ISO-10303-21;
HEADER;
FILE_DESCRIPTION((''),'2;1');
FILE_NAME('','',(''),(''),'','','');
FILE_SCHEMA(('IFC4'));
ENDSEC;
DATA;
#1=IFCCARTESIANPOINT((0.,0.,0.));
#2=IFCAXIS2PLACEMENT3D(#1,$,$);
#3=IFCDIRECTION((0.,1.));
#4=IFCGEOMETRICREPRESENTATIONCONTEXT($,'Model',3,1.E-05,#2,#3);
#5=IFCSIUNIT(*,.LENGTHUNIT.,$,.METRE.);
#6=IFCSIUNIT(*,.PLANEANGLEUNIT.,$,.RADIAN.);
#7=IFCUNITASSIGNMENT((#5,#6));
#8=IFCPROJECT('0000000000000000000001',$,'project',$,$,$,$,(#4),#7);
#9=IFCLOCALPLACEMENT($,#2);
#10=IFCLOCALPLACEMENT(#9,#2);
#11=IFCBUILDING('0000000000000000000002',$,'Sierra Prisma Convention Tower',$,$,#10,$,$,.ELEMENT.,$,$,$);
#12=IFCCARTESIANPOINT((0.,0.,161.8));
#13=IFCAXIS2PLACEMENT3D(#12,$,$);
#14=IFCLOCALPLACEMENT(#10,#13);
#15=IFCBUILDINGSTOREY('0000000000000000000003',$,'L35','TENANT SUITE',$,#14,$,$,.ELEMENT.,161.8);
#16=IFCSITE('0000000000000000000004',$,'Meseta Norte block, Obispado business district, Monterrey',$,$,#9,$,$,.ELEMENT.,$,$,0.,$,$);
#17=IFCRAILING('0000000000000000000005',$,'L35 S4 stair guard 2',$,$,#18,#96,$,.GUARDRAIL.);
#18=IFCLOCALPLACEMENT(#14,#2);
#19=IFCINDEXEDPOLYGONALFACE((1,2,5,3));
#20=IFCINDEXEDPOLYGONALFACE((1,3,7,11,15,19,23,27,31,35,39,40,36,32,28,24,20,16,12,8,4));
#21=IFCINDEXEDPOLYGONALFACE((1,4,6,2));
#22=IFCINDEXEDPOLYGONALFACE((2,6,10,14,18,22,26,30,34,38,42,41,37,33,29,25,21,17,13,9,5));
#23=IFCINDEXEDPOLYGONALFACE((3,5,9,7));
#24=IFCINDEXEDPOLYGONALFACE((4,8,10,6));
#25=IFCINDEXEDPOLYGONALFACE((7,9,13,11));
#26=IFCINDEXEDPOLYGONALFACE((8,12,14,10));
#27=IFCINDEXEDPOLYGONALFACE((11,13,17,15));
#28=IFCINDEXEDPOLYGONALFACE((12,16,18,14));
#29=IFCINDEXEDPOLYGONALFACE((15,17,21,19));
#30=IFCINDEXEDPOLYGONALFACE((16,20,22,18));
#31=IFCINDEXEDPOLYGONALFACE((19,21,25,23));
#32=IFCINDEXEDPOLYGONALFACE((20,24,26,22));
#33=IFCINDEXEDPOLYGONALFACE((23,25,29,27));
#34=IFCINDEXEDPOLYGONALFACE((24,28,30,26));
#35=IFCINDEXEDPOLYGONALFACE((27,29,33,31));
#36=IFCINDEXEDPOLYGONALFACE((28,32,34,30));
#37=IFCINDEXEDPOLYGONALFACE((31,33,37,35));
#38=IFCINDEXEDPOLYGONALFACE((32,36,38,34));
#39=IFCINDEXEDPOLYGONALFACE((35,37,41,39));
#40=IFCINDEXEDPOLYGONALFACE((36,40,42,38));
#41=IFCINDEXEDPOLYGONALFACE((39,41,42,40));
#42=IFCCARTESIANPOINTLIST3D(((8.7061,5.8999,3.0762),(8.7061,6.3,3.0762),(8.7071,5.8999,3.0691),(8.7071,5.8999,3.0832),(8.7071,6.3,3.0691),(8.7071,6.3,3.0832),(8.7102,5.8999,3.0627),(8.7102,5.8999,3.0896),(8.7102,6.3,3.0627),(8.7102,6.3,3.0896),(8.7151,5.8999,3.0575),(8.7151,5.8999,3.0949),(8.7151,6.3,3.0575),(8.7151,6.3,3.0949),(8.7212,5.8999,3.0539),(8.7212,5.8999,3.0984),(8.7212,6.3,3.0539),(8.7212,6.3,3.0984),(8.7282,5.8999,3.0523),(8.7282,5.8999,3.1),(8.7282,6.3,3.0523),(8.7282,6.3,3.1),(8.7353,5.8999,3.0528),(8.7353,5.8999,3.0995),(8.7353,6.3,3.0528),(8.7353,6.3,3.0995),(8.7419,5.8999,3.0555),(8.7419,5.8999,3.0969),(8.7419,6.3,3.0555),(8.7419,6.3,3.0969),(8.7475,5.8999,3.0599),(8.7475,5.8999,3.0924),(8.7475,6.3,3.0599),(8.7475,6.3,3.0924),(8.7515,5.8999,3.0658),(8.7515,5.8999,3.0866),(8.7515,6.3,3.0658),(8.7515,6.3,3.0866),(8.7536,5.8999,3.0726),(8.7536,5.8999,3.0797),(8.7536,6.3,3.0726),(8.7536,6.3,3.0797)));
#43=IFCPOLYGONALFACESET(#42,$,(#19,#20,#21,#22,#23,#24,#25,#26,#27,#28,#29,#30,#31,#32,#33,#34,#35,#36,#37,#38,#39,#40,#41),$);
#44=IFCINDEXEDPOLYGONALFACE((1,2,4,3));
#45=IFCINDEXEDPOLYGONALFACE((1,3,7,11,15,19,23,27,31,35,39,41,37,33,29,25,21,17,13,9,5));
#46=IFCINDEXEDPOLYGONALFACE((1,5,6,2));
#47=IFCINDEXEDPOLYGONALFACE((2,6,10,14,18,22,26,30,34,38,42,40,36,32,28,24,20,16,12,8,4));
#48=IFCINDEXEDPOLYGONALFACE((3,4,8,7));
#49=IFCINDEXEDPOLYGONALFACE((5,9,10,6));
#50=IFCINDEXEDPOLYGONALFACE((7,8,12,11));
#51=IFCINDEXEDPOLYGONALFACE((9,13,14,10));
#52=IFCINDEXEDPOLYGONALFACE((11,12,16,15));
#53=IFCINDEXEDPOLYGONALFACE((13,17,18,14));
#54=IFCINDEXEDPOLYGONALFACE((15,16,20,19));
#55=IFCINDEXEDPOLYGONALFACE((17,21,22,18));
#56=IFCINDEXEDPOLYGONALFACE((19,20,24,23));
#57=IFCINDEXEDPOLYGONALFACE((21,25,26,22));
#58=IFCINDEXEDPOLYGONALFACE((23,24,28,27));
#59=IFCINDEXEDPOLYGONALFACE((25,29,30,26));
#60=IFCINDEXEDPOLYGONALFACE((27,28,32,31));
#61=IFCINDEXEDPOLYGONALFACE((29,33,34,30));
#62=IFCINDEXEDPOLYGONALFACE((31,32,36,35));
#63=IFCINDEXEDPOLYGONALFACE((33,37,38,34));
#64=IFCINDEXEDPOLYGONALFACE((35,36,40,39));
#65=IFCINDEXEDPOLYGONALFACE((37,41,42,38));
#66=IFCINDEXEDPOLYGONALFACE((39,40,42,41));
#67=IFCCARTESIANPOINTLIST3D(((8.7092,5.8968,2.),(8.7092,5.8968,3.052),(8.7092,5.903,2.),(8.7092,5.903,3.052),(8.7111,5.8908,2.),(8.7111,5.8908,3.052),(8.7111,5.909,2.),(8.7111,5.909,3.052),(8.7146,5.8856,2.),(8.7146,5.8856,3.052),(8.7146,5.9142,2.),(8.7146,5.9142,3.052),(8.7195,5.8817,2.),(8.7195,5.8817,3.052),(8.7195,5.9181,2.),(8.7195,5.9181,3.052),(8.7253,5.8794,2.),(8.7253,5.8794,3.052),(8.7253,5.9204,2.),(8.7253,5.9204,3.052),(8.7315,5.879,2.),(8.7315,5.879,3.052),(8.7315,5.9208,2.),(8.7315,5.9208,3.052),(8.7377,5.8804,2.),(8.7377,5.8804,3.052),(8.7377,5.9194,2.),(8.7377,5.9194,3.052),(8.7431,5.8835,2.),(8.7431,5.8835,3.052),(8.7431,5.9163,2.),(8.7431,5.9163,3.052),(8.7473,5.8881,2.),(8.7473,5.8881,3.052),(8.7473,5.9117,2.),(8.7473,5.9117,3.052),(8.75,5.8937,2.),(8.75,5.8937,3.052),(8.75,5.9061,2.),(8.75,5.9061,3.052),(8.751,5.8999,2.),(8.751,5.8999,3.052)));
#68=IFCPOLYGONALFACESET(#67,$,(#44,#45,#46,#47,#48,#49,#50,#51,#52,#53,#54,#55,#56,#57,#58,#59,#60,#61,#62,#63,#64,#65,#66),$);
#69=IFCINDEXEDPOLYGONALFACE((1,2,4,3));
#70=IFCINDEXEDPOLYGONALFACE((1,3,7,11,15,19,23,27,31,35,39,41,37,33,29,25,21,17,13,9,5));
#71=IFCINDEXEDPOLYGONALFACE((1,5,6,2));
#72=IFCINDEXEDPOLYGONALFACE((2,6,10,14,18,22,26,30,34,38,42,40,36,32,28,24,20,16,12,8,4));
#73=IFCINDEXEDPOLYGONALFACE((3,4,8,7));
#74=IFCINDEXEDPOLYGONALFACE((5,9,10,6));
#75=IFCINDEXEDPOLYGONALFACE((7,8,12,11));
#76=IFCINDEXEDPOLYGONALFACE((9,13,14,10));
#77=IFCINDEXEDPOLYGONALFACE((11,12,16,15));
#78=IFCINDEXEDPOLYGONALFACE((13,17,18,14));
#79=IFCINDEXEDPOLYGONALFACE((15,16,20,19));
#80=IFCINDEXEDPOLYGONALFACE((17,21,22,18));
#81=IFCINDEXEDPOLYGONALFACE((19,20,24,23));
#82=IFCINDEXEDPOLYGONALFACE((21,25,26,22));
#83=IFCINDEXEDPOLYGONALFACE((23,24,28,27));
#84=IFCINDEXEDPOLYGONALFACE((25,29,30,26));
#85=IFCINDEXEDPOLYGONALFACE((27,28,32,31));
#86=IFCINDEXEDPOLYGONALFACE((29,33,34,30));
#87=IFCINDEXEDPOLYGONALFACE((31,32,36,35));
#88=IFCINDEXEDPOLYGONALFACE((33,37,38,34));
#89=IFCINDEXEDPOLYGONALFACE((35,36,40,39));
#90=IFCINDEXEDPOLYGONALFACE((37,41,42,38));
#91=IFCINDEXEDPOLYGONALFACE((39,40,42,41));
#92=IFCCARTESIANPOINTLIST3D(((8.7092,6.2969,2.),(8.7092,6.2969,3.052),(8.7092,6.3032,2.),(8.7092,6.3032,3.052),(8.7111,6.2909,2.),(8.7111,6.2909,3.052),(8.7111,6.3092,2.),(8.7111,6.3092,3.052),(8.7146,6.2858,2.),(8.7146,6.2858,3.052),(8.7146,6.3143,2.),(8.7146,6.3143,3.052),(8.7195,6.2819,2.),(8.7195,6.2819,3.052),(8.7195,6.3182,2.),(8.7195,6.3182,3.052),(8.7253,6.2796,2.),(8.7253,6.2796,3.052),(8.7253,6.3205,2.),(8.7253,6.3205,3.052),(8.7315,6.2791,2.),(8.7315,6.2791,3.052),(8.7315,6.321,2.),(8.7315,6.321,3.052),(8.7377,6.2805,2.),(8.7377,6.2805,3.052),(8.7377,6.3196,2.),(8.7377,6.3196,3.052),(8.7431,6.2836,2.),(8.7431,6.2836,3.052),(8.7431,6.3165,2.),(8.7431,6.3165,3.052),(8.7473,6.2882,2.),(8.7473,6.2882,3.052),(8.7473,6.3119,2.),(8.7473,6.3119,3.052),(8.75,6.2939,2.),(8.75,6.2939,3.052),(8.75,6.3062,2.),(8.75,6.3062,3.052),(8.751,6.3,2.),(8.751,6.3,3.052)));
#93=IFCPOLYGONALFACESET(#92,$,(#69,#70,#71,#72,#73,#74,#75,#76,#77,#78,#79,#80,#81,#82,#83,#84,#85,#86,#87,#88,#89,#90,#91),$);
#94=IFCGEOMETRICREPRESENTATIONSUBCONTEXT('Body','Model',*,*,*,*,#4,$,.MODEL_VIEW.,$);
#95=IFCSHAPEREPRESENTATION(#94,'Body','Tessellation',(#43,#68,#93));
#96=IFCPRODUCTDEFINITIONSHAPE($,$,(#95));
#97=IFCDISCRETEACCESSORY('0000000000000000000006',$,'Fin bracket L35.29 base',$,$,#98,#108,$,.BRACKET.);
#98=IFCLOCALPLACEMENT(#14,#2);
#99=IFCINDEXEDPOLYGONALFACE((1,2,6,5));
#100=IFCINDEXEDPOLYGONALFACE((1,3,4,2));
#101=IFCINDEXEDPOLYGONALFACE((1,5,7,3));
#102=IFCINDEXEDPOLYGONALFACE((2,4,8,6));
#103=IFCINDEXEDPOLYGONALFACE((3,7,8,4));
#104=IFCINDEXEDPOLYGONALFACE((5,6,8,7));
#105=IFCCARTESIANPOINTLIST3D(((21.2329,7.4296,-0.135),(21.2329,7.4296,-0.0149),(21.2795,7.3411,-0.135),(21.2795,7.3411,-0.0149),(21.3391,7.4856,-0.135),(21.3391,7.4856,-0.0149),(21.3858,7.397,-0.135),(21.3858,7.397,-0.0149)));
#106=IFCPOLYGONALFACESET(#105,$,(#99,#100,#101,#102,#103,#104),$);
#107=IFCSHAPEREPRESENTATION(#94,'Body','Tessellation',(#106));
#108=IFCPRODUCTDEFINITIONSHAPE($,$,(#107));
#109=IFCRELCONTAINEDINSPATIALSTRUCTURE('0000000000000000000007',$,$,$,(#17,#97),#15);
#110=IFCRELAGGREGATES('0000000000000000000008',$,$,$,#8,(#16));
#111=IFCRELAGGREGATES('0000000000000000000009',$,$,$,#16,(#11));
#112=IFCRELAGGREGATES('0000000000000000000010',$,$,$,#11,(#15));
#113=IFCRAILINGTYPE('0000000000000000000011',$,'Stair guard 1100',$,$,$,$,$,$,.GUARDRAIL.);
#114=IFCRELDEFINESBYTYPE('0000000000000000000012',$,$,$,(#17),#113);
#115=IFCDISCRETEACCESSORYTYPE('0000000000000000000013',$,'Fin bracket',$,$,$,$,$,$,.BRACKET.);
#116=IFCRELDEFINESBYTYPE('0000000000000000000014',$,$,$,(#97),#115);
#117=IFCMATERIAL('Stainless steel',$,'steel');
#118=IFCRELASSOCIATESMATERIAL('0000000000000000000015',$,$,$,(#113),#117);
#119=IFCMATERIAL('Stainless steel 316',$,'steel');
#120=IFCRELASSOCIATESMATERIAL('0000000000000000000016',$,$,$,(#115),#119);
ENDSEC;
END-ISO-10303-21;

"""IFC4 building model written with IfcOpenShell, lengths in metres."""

from ifc_helpers import new_model, si_unit, direction, frame, origin, origin_2d, place, context, subcontext, project, spatial, rectangle, circle, extrude, material, type_object, element, save


model = new_model("IFC4")

# Units and contexts
model_context = context("Model", 3, precision=1e-05, world=origin(), true_north=direction((0.0, 1.0)))
body_context = subcontext(model_context, "Body", "Model", "MODEL_VIEW")
ifc_project = project(units=[si_unit("LENGTHUNIT", "METRE"), si_unit("PLANEANGLEUNIT", "RADIAN")], contexts=[model_context])

# Site, building, storey
site_placement = place(None, origin())
site = spatial("IfcSite", under=ifc_project, at=site_placement, Name="Meseta Norte block, Obispado business district, Monterrey", CompositionType="ELEMENT", RefElevation=0.0)
building_placement = place(site_placement, origin())
building = spatial("IfcBuilding", under=site, at=building_placement, Name="Sierra Prisma Convention Tower", CompositionType="ELEMENT")
storey_placement = place(building_placement, frame((0.0, 0.0, 161.8)))
storey = spatial("IfcBuildingStorey", under=building, at=storey_placement, Name="L35", Description="TENANT SUITE", CompositionType="ELEMENT", Elevation=161.8)

# Railing
ifc_material_1 = material(Name="Stainless steel", Category="steel")
railing_type_1 = type_object("IfcRailingType", Name="Stair guard 1100", PredefinedType="GUARDRAIL", material=ifc_material_1)
railing_1_placement = place(storey_placement, frame((8.73, 5.8999, 2.0)))
element("IfcRailing", 1, at=railing_1_placement, inside=storey, type_object=railing_type_1, Name="L35 S4 stair guard 2", PredefinedType="GUARDRAIL", context=body_context, shape_type="SweptSolid", body=[
    extrude(circle(Radius=0.0239, at=origin_2d()), frame((0.0, 0.0, 1.0762), z_axis=(0.0, 1.0, 0.0), x_axis=(-1.0, 0.0, 0.0)), (0.0, 0.0, 1.0), 0.4001),
    extrude(circle(Radius=0.021, at=origin_2d()), origin(), (0.0, 0.0, 1.0), 1.052),
    extrude(circle(Radius=0.021, at=origin_2d()), frame((0.0, 0.4001, 0.0)), (0.0, 0.0, 1.0), 1.052),
])

# Discrete accessory
ifc_material_2 = material(Name="Stainless steel 316", Category="steel")
discrete_accessory_type = type_object("IfcDiscreteAccessoryType", Name="Fin bracket", PredefinedType="BRACKET", material=ifc_material_2)
discrete_accessory_placement = place(storey_placement, frame((21.3093, 7.4133, -0.135), z_axis=(0.0, 0.0, 1.0), x_axis=(0.884791, 0.465988, 0.0)))
element("IfcDiscreteAccessory", 2, at=discrete_accessory_placement, inside=storey, type_object=discrete_accessory_type, Name="Fin bracket L35.29 base", PredefinedType="BRACKET", context=body_context, shape_type="SweptSolid", body=[
    extrude(rectangle(XDim=0.1201, YDim=0.1001, at=origin_2d()), origin(), (0.0, 0.0, 1.0), 0.1201),
])

save(model, "model.ifc")
